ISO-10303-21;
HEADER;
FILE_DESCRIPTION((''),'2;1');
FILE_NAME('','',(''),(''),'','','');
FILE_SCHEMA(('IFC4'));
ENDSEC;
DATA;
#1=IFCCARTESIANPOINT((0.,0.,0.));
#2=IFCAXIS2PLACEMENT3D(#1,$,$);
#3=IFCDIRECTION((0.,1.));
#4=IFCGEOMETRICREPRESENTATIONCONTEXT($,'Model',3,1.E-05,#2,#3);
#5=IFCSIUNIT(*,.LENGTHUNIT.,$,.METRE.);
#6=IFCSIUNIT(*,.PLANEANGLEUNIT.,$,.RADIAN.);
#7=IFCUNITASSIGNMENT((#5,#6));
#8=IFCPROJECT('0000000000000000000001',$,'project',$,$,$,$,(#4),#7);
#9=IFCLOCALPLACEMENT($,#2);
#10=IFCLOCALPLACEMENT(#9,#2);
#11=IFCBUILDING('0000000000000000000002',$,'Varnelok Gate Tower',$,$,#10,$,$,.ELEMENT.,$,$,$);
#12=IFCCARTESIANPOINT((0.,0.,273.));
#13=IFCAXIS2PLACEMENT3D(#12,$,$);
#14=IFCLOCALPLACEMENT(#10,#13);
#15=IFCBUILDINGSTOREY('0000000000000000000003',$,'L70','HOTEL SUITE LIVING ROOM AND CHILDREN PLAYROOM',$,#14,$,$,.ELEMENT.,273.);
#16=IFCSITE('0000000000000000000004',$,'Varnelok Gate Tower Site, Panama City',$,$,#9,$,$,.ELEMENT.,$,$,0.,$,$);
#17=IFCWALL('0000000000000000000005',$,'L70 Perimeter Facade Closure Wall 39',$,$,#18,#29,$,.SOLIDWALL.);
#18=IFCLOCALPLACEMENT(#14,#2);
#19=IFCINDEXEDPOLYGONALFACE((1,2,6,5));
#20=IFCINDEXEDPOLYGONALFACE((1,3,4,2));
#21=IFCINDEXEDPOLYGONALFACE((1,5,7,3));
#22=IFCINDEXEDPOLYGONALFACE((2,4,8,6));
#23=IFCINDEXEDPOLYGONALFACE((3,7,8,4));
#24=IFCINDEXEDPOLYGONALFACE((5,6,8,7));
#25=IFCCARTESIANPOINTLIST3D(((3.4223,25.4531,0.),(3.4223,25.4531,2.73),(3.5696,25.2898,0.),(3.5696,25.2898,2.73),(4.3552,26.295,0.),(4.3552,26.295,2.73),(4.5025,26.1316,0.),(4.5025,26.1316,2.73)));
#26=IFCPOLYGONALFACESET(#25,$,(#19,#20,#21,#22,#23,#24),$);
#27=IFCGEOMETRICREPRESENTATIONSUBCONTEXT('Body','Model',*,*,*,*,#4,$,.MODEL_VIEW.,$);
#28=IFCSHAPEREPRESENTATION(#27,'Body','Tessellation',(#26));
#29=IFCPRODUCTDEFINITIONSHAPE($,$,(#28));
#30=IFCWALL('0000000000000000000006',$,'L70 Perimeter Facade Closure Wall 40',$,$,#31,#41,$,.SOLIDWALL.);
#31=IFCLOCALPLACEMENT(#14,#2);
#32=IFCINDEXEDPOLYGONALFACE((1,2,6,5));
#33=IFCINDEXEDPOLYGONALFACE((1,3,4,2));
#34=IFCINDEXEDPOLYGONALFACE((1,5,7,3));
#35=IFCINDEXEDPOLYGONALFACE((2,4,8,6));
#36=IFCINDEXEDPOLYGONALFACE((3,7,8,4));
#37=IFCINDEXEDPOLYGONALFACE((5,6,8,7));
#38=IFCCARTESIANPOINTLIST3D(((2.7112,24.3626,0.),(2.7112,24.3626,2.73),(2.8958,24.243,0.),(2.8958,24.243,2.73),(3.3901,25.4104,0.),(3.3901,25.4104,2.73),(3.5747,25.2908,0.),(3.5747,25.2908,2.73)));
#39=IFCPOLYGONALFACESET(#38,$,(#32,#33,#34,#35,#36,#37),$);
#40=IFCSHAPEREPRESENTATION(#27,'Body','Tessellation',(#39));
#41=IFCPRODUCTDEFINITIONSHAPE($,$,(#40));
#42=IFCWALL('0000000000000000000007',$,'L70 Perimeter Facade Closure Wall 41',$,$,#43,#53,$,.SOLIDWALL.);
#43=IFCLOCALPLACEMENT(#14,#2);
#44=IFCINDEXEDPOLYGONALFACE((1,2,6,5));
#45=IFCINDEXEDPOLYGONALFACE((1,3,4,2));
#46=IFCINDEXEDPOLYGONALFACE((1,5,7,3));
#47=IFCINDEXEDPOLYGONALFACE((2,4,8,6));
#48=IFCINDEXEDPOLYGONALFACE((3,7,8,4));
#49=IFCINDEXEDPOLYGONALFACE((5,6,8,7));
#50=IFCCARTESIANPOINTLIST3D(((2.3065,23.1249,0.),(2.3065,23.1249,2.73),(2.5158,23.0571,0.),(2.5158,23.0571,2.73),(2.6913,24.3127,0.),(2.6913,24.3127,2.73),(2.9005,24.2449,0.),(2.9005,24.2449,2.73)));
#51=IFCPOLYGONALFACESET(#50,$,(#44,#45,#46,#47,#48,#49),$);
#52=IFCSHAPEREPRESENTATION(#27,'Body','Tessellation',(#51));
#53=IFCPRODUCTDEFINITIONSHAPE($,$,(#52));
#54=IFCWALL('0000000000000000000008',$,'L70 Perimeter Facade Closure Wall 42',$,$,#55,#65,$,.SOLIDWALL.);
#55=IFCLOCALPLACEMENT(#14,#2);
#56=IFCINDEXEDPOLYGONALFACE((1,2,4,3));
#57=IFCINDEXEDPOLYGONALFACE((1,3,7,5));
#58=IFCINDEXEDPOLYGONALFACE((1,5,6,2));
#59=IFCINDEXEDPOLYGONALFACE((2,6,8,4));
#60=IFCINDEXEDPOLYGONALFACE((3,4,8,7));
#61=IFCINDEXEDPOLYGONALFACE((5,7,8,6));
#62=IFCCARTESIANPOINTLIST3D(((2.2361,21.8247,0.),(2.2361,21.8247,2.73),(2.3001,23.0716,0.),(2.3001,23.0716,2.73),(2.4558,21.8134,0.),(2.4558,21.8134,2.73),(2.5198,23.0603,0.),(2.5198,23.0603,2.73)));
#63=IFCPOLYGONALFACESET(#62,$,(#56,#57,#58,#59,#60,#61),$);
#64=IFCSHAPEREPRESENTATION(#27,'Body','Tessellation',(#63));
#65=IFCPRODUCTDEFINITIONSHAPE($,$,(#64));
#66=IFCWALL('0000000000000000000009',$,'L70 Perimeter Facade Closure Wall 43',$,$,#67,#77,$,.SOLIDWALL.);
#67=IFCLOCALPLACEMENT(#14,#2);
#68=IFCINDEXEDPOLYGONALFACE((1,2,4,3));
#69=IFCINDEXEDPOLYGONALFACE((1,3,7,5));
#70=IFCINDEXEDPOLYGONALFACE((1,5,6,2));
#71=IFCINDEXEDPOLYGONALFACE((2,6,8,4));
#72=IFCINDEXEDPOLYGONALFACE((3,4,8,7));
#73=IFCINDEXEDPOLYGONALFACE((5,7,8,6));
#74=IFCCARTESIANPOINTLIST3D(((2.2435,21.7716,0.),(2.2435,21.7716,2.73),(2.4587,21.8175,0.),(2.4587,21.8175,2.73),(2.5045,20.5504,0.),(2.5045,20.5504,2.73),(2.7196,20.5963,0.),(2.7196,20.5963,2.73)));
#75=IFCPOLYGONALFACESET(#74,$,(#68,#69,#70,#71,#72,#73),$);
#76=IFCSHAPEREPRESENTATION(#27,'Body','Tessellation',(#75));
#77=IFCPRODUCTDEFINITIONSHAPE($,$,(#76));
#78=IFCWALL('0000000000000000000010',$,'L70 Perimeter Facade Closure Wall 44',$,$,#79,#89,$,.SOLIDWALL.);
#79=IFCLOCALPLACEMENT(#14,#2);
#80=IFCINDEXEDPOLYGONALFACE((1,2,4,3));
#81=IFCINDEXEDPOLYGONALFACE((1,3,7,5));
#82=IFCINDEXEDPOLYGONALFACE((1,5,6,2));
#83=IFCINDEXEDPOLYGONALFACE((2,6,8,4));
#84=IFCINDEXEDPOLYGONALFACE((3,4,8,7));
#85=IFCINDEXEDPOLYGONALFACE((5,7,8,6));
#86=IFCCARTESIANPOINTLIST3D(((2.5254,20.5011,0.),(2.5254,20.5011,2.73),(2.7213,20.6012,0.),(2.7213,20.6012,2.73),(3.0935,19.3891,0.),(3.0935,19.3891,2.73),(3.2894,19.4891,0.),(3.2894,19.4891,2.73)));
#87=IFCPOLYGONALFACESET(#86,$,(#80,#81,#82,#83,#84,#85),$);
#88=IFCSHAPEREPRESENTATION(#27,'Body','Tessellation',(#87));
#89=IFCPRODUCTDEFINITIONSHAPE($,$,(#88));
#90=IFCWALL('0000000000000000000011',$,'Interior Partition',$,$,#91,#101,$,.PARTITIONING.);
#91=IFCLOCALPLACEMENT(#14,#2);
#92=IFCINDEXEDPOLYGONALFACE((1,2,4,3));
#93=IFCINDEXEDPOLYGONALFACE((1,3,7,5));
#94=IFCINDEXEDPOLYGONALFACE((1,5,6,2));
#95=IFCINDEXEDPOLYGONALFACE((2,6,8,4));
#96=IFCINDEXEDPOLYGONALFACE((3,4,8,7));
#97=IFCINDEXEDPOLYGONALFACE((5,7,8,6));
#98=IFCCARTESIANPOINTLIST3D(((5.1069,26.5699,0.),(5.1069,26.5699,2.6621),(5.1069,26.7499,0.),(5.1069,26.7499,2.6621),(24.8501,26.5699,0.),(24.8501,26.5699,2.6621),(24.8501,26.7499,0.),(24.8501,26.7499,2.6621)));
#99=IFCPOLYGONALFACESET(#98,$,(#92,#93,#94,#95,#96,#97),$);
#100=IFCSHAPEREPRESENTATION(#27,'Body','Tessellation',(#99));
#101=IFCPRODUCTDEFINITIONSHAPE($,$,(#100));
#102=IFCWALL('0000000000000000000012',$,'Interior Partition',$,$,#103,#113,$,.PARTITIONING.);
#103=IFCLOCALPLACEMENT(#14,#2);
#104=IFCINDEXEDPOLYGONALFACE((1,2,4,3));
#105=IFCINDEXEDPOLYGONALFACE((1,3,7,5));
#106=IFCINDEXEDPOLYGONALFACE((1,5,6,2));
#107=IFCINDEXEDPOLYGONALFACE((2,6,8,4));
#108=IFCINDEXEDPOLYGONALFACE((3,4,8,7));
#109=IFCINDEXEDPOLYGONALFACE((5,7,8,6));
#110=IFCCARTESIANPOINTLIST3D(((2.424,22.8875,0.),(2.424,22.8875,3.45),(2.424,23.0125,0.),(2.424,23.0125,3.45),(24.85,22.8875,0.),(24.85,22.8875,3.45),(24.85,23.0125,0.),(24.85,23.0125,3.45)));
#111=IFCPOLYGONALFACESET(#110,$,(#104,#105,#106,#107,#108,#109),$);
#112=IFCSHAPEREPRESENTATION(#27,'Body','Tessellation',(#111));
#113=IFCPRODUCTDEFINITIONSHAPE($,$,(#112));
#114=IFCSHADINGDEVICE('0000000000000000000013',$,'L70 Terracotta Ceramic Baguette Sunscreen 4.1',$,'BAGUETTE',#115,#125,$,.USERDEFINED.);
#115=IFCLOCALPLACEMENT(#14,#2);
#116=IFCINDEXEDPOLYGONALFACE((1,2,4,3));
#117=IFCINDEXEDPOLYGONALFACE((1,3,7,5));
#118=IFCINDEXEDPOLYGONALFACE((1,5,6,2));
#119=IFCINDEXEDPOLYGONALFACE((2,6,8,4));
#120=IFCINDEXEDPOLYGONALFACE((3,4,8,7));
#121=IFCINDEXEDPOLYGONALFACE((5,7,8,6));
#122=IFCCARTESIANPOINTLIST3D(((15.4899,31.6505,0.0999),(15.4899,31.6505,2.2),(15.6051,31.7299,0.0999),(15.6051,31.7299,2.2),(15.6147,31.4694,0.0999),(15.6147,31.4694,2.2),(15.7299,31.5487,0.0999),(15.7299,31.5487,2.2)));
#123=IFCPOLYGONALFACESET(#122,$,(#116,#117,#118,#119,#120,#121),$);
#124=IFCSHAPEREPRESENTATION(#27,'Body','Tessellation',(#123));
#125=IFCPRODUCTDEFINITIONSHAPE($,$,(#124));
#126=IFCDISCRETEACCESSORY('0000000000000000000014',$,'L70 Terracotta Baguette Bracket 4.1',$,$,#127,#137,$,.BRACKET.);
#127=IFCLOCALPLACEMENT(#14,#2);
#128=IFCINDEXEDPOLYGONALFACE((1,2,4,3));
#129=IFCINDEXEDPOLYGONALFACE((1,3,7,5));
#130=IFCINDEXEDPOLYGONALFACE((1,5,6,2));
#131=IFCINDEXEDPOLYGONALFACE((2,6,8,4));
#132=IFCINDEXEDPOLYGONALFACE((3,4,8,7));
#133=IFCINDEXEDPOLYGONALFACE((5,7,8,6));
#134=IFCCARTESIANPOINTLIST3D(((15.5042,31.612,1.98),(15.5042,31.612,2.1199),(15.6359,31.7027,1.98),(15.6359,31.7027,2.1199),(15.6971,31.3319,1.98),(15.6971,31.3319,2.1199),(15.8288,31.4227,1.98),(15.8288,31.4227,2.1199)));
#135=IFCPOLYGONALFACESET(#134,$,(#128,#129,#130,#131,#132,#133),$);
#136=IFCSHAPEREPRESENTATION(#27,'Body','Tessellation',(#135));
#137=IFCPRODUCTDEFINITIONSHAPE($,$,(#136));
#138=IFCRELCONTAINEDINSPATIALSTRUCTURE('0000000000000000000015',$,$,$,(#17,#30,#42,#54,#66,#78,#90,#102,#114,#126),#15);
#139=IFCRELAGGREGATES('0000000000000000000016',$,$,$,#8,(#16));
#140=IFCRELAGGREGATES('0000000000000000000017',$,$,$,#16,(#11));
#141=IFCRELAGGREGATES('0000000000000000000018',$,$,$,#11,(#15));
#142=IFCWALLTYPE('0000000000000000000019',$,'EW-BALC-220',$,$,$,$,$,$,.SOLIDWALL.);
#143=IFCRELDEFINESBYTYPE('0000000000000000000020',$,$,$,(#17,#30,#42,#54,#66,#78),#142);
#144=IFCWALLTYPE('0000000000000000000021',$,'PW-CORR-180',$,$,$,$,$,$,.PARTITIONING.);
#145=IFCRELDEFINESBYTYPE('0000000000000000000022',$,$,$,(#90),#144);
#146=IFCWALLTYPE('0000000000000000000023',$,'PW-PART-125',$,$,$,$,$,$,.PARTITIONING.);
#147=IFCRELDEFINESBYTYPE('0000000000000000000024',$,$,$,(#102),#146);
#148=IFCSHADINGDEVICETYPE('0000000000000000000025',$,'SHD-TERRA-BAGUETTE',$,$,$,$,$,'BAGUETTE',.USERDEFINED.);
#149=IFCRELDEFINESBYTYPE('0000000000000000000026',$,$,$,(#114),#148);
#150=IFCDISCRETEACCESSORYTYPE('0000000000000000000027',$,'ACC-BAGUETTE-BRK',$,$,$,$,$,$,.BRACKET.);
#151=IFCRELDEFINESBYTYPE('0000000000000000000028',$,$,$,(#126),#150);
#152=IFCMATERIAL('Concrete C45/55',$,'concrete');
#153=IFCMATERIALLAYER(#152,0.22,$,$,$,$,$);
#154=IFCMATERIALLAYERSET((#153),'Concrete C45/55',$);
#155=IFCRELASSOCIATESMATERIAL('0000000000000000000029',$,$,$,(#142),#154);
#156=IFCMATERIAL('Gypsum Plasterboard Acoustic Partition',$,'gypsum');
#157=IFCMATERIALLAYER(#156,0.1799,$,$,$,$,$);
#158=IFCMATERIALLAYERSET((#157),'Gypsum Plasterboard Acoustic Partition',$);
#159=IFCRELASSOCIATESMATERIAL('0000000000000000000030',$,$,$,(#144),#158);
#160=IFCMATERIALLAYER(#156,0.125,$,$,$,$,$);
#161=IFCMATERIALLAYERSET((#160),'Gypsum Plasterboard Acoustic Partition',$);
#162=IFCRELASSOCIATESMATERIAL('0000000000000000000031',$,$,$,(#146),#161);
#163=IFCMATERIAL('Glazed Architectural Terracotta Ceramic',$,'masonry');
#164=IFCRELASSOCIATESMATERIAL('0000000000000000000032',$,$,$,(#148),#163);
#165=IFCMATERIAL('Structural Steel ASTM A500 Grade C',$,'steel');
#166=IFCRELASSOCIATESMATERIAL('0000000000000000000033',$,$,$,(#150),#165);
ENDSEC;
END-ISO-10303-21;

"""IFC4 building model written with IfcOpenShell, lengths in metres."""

from ifc_helpers import new_model, si_unit, direction, frame, frame_2d, origin, origin_2d, place, context, subcontext, project, spatial, rectangle, extrude, source, transform, mapped, material, layer, layer_set, type_object, element, save


model = new_model("IFC4")

# Units and contexts
model_context = context("Model", 3, precision=1e-05, world=origin(), true_north=direction((0.0, 1.0)))
body_context = subcontext(model_context, "Body", "Model", "MODEL_VIEW")
ifc_project = project(units=[si_unit("LENGTHUNIT", "METRE"), si_unit("PLANEANGLEUNIT", "RADIAN")], contexts=[model_context])

# Site, building, storey
site_placement = place(None, origin())
site = spatial("IfcSite", under=ifc_project, at=site_placement, Name="Varnelok Gate Tower Site, Panama City", CompositionType="ELEMENT", RefElevation=0.0)
building_placement = place(site_placement, origin())
building = spatial("IfcBuilding", under=site, at=building_placement, Name="Varnelok Gate Tower", CompositionType="ELEMENT")
storey_placement = place(building_placement, frame((0.0, 0.0, 273.0)))
storey = spatial("IfcBuildingStorey", under=building, at=storey_placement, Name="L70", Description="HOTEL SUITE LIVING ROOM AND CHILDREN PLAYROOM", CompositionType="ELEMENT", Elevation=273.0)

# Shared definitions
ifc_material_1 = material(Name="Concrete C45/55", Category="concrete")
ifc_layer_1 = layer(ifc_material_1, 0.22)
ifc_layer_set_1 = layer_set([ifc_layer_1], Name="Concrete C45/55")
wall_type_1 = type_object("IfcWallType", Name="EW-BALC-220", PredefinedType="SOLIDWALL", material=ifc_layer_set_1)

# Walls
wall_1_placement = place(storey_placement, frame((4.429, 26.2134, 0.0), z_axis=(0.0, 0.0, 1.0), x_axis=(-0.742414, -0.669941, 0.0)))
element("IfcWall", 1, at=wall_1_placement, inside=storey, type_object=wall_type_1, Name="L70 Perimeter Facade Closure Wall 39", PredefinedType="SOLIDWALL", context=body_context, shape_type="SweptSolid", body=[
    extrude(rectangle(XDim=1.2566, YDim=0.22, at=frame_2d((0.6284, 0.0))), origin(), (0.0, 0.0, 1.0), 2.73),
])
for number, where, z_axis, x_axis, name in (
    (2, (3.4824, 25.3506, 0.0), (0.0, 0.0, 1.0), (-0.543778, -0.839229, 0.0), "L70 Perimeter Facade Closure Wall 40"),
    (3, (2.7959, 24.2788, 0.0), (0.0, 0.0, 1.0), (-0.30818, -0.951328, 0.0), "L70 Perimeter Facade Closure Wall 41"),
    (4, (2.4099, 23.0659, 0.0), (0.0, 0.0, 1.0), (-0.051235, -0.998687, 0.0), "L70 Perimeter Facade Closure Wall 42"),
):
    element("IfcWall", number, at=place(storey_placement, frame(where, z_axis=z_axis, x_axis=x_axis)), inside=storey, type_object=wall_type_1, Name=name, PredefinedType="SOLIDWALL", context=body_context, shape_type="SweptSolid", body=[
        extrude(rectangle(XDim=1.2485, YDim=0.22, at=frame_2d((0.6243, 0.0))), origin(), (0.0, 0.0, 1.0), 2.73),
    ])
for number, where, z_axis, x_axis, name in (
    (5, (2.3511, 21.7947, 0.0), (0.0, 0.0, 1.0), (0.208995, -0.977917, 0.0), "L70 Perimeter Facade Closure Wall 43"),
    (6, (2.6233, 20.5513, 0.0), (0.0, 0.0, 1.0), (0.454939, -0.890523, 0.0), "L70 Perimeter Facade Closure Wall 44"),
):
    element("IfcWall", number, at=place(storey_placement, frame(where, z_axis=z_axis, x_axis=x_axis)), inside=storey, type_object=wall_type_1, Name=name, PredefinedType="SOLIDWALL", context=body_context, shape_type="SweptSolid", body=[
        extrude(rectangle(XDim=1.2488, YDim=0.22, at=frame_2d((0.6245, 0.0))), origin(), (0.0, 0.0, 1.0), 2.73),
    ])
ifc_material_2 = material(Name="Gypsum Plasterboard Acoustic Partition", Category="gypsum")
ifc_layer_2 = layer(ifc_material_2, 0.1799)
ifc_layer_set_2 = layer_set([ifc_layer_2], Name="Gypsum Plasterboard Acoustic Partition")
wall_type_2 = type_object("IfcWallType", Name="PW-CORR-180", PredefinedType="PARTITIONING", material=ifc_layer_set_2)
wall_2_placement = place(storey_placement, frame((5.1069, 26.6599, 0.0), z_axis=(0.0, 0.0, 1.0), x_axis=(1.0, 0.0, 0.0)))
element("IfcWall", 7, at=wall_2_placement, inside=storey, type_object=wall_type_2, Name="Interior Partition", PredefinedType="PARTITIONING", context=body_context, shape_type="SweptSolid", body=[
    extrude(rectangle(XDim=19.7432, YDim=0.1799, at=frame_2d((9.8716, 0.0))), origin(), (0.0, 0.0, 1.0), 2.6621),
])
ifc_layer_3 = layer(ifc_material_2, 0.125)
ifc_layer_set_3 = layer_set([ifc_layer_3], Name="Gypsum Plasterboard Acoustic Partition")
wall_type_3 = type_object("IfcWallType", Name="PW-PART-125", PredefinedType="PARTITIONING", material=ifc_layer_set_3)
wall_3_placement = place(storey_placement, frame((2.4241, 22.95, 0.0), z_axis=(0.0, 0.0, 1.0), x_axis=(1.0, 0.0, 0.0)))
element("IfcWall", 8, at=wall_3_placement, inside=storey, type_object=wall_type_3, Name="Interior Partition", PredefinedType="PARTITIONING", context=body_context, shape_type="SweptSolid", body=[
    extrude(rectangle(XDim=22.426, YDim=0.125, at=frame_2d((11.2129, 0.0))), origin(), (0.0, 0.0, 1.0), 3.45),
])

# Shading device
ifc_material_3 = material(Name="Glazed Architectural Terracotta Ceramic", Category="masonry")
shading_device_type = type_object("IfcShadingDeviceType", Name="SHD-TERRA-BAGUETTE", ElementType="BAGUETTE", PredefinedType="USERDEFINED", material=ifc_material_3)
shared_shape_1 = source(origin(), body_context, "Body", "SweptSolid", [
    extrude(rectangle(XDim=0.1399, YDim=0.22, at=origin_2d()), origin(), (0.0, 0.0, 1.0), 2.1001),
])
shading_device_placement = place(storey_placement, frame((15.6099, 31.5996, 0.0999), z_axis=(0.0, 0.0, 1.0), x_axis=(0.823533, 0.567269, 0.0)))
element("IfcShadingDevice", 9, at=shading_device_placement, inside=storey, type_object=shading_device_type, Name="L70 Terracotta Ceramic Baguette Sunscreen 4.1", ObjectType="BAGUETTE", PredefinedType="USERDEFINED", context=body_context, shape_type="MappedRepresentation", body=[
    mapped(shared_shape_1, transform((0.0, 0.0, 0.0), scale=1.0)),
])

# Discrete accessory
ifc_material_4 = material(Name="Structural Steel ASTM A500 Grade C", Category="steel")
discrete_accessory_type = type_object("IfcDiscreteAccessoryType", Name="ACC-BAGUETTE-BRK", PredefinedType="BRACKET", material=ifc_material_4)
shared_shape_2 = source(origin(), body_context, "Body", "SweptSolid", [
    extrude(rectangle(XDim=0.1599, YDim=0.3401, at=origin_2d()), origin(), (0.0, 0.0, 1.0), 0.1399),
])
discrete_accessory_placement = place(storey_placement, frame((15.6665, 31.5173, 1.98), z_axis=(0.0, 0.0, 1.0), x_axis=(0.823533, 0.567269, 0.0)))
element("IfcDiscreteAccessory", 10, at=discrete_accessory_placement, inside=storey, type_object=discrete_accessory_type, Name="L70 Terracotta Baguette Bracket 4.1", PredefinedType="BRACKET", context=body_context, shape_type="MappedRepresentation", body=[
    mapped(shared_shape_2, transform((0.0, 0.0, 0.0), scale=1.0)),
])

save(model, "model.ifc")
